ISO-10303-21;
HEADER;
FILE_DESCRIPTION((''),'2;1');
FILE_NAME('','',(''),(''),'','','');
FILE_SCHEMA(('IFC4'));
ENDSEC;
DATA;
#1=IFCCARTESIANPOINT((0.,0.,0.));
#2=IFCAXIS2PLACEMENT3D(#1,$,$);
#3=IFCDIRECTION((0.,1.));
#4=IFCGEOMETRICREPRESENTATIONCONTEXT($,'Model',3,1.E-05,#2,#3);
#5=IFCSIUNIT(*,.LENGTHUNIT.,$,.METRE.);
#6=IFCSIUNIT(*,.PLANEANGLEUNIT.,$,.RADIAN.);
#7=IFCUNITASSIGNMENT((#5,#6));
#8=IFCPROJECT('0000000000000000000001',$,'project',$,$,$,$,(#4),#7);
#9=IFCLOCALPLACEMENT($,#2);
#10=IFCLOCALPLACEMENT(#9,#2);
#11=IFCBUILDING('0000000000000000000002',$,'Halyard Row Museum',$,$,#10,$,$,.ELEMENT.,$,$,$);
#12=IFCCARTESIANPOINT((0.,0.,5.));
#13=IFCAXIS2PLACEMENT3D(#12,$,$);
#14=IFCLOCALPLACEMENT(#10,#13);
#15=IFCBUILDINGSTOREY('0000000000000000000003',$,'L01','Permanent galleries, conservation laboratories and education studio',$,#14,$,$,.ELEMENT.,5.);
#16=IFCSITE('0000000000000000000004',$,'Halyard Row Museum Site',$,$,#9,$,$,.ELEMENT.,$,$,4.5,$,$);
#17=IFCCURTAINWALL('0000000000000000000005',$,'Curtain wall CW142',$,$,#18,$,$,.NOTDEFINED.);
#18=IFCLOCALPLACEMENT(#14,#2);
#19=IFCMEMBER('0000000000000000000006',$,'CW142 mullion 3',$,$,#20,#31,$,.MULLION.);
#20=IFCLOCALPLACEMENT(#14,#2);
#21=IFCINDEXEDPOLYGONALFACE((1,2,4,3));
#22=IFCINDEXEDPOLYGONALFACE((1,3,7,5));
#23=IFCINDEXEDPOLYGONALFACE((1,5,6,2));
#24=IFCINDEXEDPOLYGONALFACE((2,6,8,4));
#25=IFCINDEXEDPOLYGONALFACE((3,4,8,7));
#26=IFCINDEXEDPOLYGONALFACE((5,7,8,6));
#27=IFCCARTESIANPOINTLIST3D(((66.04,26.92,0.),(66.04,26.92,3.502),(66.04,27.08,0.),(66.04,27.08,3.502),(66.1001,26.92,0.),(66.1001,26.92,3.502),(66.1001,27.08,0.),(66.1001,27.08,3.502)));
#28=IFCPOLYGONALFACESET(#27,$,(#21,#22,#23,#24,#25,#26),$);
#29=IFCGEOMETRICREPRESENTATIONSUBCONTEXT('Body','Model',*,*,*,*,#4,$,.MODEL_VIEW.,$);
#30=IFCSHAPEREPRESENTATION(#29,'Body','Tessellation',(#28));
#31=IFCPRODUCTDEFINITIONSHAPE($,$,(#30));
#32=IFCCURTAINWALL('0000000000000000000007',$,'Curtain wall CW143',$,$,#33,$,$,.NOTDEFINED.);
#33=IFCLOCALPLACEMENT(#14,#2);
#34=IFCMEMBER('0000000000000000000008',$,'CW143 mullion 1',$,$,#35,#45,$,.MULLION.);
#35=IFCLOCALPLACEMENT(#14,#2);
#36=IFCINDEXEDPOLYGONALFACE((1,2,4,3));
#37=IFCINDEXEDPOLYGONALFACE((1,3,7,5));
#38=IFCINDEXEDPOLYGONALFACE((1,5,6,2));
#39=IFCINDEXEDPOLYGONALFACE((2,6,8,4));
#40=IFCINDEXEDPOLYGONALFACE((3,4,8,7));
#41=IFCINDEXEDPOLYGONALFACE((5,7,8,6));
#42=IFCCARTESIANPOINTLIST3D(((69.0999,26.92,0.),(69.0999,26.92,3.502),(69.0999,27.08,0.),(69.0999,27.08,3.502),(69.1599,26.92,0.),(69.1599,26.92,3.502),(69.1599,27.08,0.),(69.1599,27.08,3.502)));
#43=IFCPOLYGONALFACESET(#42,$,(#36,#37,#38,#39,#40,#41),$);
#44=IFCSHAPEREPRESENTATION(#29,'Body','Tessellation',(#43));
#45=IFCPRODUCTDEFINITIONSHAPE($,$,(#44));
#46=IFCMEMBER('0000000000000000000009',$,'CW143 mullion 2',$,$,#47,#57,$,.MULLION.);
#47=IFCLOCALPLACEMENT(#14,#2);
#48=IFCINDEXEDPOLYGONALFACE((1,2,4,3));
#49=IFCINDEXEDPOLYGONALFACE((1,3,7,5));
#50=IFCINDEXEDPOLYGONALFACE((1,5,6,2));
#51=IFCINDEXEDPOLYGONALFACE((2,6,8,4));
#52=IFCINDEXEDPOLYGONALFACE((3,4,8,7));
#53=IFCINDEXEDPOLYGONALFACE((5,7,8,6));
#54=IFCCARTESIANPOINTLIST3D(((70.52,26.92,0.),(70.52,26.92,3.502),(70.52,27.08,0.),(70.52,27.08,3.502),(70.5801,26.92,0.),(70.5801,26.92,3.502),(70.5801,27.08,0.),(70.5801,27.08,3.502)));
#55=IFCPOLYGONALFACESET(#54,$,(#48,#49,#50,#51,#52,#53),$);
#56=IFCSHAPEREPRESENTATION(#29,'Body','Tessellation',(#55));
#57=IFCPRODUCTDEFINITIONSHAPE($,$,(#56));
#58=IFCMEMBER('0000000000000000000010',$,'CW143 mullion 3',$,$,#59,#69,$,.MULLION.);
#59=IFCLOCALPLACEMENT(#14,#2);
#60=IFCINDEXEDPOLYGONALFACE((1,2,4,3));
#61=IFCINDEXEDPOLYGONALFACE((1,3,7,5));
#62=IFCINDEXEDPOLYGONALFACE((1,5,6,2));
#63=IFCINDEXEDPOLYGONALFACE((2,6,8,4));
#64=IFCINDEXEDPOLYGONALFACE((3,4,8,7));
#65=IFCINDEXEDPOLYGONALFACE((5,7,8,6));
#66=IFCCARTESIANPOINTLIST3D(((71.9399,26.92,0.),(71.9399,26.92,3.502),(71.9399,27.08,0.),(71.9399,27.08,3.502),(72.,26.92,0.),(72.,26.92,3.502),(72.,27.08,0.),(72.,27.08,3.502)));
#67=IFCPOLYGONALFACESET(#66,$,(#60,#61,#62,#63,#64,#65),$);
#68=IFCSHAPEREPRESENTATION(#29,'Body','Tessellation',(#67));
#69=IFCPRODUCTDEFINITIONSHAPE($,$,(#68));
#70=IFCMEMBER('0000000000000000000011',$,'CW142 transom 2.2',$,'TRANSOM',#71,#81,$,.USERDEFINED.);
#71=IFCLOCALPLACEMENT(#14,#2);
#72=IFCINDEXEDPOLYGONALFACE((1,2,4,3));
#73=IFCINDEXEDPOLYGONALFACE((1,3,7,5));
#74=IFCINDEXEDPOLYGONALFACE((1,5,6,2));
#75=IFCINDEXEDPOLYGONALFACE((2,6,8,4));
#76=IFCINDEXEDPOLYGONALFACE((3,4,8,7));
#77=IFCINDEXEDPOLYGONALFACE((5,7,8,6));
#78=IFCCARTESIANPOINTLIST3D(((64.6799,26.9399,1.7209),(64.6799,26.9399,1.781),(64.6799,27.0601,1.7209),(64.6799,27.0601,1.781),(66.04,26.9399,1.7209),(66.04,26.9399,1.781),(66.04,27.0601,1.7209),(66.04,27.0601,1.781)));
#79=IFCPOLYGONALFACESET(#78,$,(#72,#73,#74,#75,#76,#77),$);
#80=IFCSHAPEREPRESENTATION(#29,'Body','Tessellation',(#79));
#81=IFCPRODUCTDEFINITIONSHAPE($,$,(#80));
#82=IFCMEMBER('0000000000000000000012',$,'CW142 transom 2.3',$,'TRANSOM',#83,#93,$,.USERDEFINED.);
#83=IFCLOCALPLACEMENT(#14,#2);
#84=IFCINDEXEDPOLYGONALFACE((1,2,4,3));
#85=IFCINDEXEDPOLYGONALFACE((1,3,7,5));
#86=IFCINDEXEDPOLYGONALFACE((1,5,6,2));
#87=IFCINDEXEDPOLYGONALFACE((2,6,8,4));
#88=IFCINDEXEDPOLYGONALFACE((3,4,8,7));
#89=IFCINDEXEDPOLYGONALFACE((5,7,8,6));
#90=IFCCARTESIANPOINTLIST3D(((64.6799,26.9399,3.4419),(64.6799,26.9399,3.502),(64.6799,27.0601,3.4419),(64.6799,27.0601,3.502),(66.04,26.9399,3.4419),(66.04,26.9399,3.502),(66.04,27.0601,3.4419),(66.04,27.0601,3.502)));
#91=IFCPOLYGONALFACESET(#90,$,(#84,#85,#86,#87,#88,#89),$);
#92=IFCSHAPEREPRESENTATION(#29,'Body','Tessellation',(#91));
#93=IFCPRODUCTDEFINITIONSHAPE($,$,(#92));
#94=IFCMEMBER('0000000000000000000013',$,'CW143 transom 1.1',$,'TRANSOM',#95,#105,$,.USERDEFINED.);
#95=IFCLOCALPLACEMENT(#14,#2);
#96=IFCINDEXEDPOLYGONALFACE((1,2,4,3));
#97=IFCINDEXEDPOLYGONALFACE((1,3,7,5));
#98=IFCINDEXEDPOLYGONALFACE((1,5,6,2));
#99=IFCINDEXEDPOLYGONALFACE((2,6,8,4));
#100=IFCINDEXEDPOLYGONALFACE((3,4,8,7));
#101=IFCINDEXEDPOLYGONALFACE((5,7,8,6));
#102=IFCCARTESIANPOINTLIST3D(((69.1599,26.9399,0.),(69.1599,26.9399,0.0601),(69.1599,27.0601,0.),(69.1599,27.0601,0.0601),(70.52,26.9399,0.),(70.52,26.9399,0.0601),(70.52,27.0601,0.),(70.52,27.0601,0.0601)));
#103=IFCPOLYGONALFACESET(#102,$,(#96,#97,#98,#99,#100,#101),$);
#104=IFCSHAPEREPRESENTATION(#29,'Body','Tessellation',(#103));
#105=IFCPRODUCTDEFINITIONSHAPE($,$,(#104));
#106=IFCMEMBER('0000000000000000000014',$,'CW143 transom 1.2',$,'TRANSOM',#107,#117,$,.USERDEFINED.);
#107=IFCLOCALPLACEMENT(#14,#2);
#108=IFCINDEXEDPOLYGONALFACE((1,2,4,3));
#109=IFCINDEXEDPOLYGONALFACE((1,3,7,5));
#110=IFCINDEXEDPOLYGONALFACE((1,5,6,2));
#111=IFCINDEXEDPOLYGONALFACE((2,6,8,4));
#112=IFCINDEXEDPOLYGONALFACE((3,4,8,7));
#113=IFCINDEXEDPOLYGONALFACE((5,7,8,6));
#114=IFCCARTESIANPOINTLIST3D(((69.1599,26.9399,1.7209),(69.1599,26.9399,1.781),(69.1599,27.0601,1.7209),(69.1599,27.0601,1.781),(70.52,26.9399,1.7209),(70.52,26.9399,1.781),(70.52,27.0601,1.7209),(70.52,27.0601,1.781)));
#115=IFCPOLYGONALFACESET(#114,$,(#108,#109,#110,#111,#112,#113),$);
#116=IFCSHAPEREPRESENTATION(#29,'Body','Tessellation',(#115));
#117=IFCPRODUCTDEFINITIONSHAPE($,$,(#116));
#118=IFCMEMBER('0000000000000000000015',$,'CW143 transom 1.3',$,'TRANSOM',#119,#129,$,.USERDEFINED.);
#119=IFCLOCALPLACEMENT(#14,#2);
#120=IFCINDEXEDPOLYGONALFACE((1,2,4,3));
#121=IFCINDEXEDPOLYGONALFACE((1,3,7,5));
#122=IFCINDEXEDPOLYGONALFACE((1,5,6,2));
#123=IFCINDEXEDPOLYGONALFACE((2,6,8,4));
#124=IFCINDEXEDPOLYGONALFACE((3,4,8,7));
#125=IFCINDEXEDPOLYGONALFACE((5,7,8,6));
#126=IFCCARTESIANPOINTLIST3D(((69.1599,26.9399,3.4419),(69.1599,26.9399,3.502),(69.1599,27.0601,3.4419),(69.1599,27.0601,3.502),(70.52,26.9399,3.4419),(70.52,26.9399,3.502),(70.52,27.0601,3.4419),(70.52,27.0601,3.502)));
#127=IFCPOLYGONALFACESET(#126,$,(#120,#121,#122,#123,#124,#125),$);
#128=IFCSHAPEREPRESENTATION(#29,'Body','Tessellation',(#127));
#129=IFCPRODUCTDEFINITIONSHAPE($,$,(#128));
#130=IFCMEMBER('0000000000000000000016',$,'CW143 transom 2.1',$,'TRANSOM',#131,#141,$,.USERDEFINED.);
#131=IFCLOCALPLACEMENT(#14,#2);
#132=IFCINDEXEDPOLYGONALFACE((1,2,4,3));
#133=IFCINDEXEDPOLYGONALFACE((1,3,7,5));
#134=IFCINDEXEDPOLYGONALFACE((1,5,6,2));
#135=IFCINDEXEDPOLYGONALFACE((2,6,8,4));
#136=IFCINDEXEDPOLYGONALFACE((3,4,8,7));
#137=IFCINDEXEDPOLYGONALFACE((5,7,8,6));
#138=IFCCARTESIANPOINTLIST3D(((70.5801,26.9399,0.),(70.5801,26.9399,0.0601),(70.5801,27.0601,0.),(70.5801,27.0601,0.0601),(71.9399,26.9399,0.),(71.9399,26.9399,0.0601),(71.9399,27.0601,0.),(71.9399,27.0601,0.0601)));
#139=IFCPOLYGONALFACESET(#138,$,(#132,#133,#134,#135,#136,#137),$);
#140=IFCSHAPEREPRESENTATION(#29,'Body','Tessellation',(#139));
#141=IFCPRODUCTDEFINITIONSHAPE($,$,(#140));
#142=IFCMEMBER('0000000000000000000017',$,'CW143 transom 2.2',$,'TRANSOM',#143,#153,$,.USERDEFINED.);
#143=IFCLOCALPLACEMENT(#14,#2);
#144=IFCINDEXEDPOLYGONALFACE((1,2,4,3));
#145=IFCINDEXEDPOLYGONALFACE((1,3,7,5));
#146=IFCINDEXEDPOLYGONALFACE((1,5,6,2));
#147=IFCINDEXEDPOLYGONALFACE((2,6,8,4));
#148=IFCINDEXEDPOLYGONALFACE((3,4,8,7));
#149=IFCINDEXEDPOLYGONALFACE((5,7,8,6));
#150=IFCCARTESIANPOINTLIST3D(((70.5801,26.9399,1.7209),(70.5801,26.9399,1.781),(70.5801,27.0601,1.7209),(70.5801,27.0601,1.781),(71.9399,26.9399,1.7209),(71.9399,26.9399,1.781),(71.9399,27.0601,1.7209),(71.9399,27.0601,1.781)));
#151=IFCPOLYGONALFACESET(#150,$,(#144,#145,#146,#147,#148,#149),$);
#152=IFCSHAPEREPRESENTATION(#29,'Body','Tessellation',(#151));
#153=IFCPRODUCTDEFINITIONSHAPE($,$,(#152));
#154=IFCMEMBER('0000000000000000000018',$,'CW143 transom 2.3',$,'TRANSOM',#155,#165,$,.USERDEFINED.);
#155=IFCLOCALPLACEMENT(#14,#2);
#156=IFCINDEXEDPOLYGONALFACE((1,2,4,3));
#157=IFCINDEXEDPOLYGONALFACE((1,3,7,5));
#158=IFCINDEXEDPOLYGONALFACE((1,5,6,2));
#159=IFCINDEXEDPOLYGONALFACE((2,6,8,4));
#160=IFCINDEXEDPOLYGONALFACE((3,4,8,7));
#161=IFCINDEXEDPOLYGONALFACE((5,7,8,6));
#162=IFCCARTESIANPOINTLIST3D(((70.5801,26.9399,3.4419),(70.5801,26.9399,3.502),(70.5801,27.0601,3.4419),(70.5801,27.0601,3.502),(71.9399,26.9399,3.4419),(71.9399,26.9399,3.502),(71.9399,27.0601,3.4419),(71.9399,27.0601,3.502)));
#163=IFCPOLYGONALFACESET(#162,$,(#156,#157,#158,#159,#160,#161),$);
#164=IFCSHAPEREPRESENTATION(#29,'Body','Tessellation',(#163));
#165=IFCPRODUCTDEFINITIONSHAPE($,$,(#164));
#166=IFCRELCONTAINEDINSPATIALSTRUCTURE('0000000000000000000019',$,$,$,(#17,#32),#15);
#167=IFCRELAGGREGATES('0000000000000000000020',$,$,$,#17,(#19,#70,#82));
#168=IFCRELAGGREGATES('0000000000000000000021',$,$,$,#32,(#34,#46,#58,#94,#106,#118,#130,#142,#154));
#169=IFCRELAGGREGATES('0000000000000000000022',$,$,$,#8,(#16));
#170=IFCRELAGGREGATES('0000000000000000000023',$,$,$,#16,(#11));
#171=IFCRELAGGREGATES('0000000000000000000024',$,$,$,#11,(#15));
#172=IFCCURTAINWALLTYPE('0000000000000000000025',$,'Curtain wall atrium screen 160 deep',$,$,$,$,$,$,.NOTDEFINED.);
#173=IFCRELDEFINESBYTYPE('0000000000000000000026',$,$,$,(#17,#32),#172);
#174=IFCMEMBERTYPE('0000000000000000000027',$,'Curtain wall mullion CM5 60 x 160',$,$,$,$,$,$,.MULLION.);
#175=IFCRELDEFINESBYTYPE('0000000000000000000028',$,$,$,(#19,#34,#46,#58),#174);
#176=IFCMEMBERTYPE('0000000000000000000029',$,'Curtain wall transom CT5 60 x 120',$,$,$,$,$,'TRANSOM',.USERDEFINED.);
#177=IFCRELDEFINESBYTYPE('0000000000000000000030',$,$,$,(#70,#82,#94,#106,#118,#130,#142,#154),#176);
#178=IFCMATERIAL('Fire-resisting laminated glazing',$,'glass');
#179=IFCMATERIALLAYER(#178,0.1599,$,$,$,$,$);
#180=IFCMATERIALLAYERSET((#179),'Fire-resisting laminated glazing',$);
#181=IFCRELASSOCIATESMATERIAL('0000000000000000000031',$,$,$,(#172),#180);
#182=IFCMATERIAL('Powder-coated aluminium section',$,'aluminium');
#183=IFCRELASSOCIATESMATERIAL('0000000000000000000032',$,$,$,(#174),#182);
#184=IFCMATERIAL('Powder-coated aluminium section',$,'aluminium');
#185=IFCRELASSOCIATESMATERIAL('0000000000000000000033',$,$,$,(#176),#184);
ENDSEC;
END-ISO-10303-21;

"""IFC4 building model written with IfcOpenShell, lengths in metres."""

from ifc_helpers import new_model, si_unit, direction, frame, origin, origin_2d, place, context, subcontext, project, spatial, rectangle, extrude, material, layer, layer_set, material_profile, profile_set, type_object, element, aggregate, save


model = new_model("IFC4")

# Units and contexts
model_context = context("Model", 3, precision=1e-05, world=origin(), true_north=direction((0.0, 1.0)))
body_context = subcontext(model_context, "Body", "Model", "MODEL_VIEW")
ifc_project = project(units=[si_unit("LENGTHUNIT", "METRE"), si_unit("PLANEANGLEUNIT", "RADIAN")], contexts=[model_context])

# Site, building, storey
site_placement = place(None, origin())
site = spatial("IfcSite", under=ifc_project, at=site_placement, Name="Halyard Row Museum Site", CompositionType="ELEMENT", RefElevation=4.5)
building_placement = place(site_placement, origin())
building = spatial("IfcBuilding", under=site, at=building_placement, Name="Halyard Row Museum", CompositionType="ELEMENT")
storey_placement = place(building_placement, frame((0.0, 0.0, 5.0)))
storey = spatial("IfcBuildingStorey", under=building, at=storey_placement, Name="L01", Description="Permanent galleries, conservation laboratories and education studio", CompositionType="ELEMENT", Elevation=5.0)

# Curtain wall, member
ifc_material_1 = material(Name="Fire-resisting laminated glazing", Category="glass")
ifc_layer_1 = layer(ifc_material_1, 0.1599)
ifc_layer_set_1 = layer_set([ifc_layer_1], Name="Fire-resisting laminated glazing")
curtain_wall_type = type_object("IfcCurtainWallType", Name="Curtain wall atrium screen 160 deep", PredefinedType="NOTDEFINED", material=ifc_layer_set_1)
curtain_wall_1_placement = place(storey_placement, origin())
curtain_wall_1 = element("IfcCurtainWall", 1, at=curtain_wall_1_placement, inside=storey, type_object=curtain_wall_type, Name="Curtain wall CW142", PredefinedType="NOTDEFINED")
ifc_material_2 = material(Name="Powder-coated aluminium section", Category="aluminium")
ifc_material_profile_1 = material_profile(ifc_material_2, rectangle(XDim=0.1599, YDim=0.0601, at=origin_2d()), Name="160x60 mullion")
ifc_profile_set_1 = profile_set([ifc_material_profile_1], Name="Powder-coated aluminium section")
member_type_1 = type_object("IfcMemberType", Name="Curtain wall mullion CM5 60 x 160", PredefinedType="MULLION", material=ifc_profile_set_1)
member_1_placement = place(storey_placement, frame((66.0701, 27.0, 0.0), z_axis=(0.0, 0.0, 1.0), x_axis=(0.0, 1.0, 0.0)))
member_1 = element("IfcMember", 2, at=member_1_placement, type_object=member_type_1, Name="CW142 mullion 3", PredefinedType="MULLION", context=body_context, shape_type="SweptSolid", body=[
    extrude(rectangle(XDim=0.1599, YDim=0.0601, at=origin_2d()), origin(), (0.0, 0.0, 1.0), 3.502),
])

# Curtain wall, members
curtain_wall_2_placement = place(storey_placement, origin())
curtain_wall_2 = element("IfcCurtainWall", 3, at=curtain_wall_2_placement, inside=storey, type_object=curtain_wall_type, Name="Curtain wall CW143", PredefinedType="NOTDEFINED")
member_2_placement = place(storey_placement, frame((69.1299, 27.0, 0.0), z_axis=(0.0, 0.0, 1.0), x_axis=(0.0, 1.0, 0.0)))
member_2 = element("IfcMember", 4, at=member_2_placement, type_object=member_type_1, Name="CW143 mullion 1", PredefinedType="MULLION", context=body_context, shape_type="SweptSolid", body=[
    extrude(rectangle(XDim=0.1599, YDim=0.0601, at=origin_2d()), origin(), (0.0, 0.0, 1.0), 3.502),
])
member_3_placement = place(storey_placement, frame((70.55, 27.0, 0.0), z_axis=(0.0, 0.0, 1.0), x_axis=(0.0, 1.0, 0.0)))
member_3 = element("IfcMember", 5, at=member_3_placement, type_object=member_type_1, Name="CW143 mullion 2", PredefinedType="MULLION", context=body_context, shape_type="SweptSolid", body=[
    extrude(rectangle(XDim=0.1599, YDim=0.0601, at=origin_2d()), origin(), (0.0, 0.0, 1.0), 3.502),
])
member_4_placement = place(storey_placement, frame((71.97, 27.0, 0.0), z_axis=(0.0, 0.0, 1.0), x_axis=(0.0, 1.0, 0.0)))
member_4 = element("IfcMember", 6, at=member_4_placement, type_object=member_type_1, Name="CW143 mullion 3", PredefinedType="MULLION", context=body_context, shape_type="SweptSolid", body=[
    extrude(rectangle(XDim=0.1599, YDim=0.0601, at=origin_2d()), origin(), (0.0, 0.0, 1.0), 3.502),
])

# Members
ifc_material_3 = material(Name="Powder-coated aluminium section", Category="aluminium")
ifc_material_profile_2 = material_profile(ifc_material_3, rectangle(XDim=0.1201, YDim=0.0601, at=origin_2d()), Name="120x60 transom")
ifc_profile_set_2 = profile_set([ifc_material_profile_2], Name="Powder-coated aluminium section")
member_type_2 = type_object("IfcMemberType", Name="Curtain wall transom CT5 60 x 120", ElementType="TRANSOM", PredefinedType="USERDEFINED", material=ifc_profile_set_2)
member_5_placement = place(storey_placement, frame((64.6799, 27.0, 1.751), z_axis=(1.0, 0.0, 0.0), x_axis=(0.0, 1.0, 0.0)))
member_5 = element("IfcMember", 7, at=member_5_placement, type_object=member_type_2, Name="CW142 transom 2.2", ObjectType="TRANSOM", PredefinedType="USERDEFINED", context=body_context, shape_type="SweptSolid", body=[
    extrude(rectangle(XDim=0.1201, YDim=0.0601, at=origin_2d()), origin(), (0.0, 0.0, 1.0), 1.3601),
])
member_6_placement = place(storey_placement, frame((64.6799, 27.0, 3.4719), z_axis=(1.0, 0.0, 0.0), x_axis=(0.0, 1.0, 0.0)))
member_6 = element("IfcMember", 8, at=member_6_placement, type_object=member_type_2, Name="CW142 transom 2.3", ObjectType="TRANSOM", PredefinedType="USERDEFINED", context=body_context, shape_type="SweptSolid", body=[
    extrude(rectangle(XDim=0.1201, YDim=0.0601, at=origin_2d()), origin(), (0.0, 0.0, 1.0), 1.3601),
])
member_7_placement = place(storey_placement, frame((69.1599, 27.0, 0.03), z_axis=(1.0, 0.0, 0.0), x_axis=(0.0, 1.0, 0.0)))
member_7 = element("IfcMember", 9, at=member_7_placement, type_object=member_type_2, Name="CW143 transom 1.1", ObjectType="TRANSOM", PredefinedType="USERDEFINED", context=body_context, shape_type="SweptSolid", body=[
    extrude(rectangle(XDim=0.1201, YDim=0.0601, at=origin_2d()), origin(), (0.0, 0.0, 1.0), 1.3601),
])
member_8_placement = place(storey_placement, frame((69.1599, 27.0, 1.751), z_axis=(1.0, 0.0, 0.0), x_axis=(0.0, 1.0, 0.0)))
member_8 = element("IfcMember", 10, at=member_8_placement, type_object=member_type_2, Name="CW143 transom 1.2", ObjectType="TRANSOM", PredefinedType="USERDEFINED", context=body_context, shape_type="SweptSolid", body=[
    extrude(rectangle(XDim=0.1201, YDim=0.0601, at=origin_2d()), origin(), (0.0, 0.0, 1.0), 1.3601),
])
member_9_placement = place(storey_placement, frame((69.1599, 27.0, 3.4719), z_axis=(1.0, 0.0, 0.0), x_axis=(0.0, 1.0, 0.0)))
member_9 = element("IfcMember", 11, at=member_9_placement, type_object=member_type_2, Name="CW143 transom 1.3", ObjectType="TRANSOM", PredefinedType="USERDEFINED", context=body_context, shape_type="SweptSolid", body=[
    extrude(rectangle(XDim=0.1201, YDim=0.0601, at=origin_2d()), origin(), (0.0, 0.0, 1.0), 1.3601),
])
member_10_placement = place(storey_placement, frame((70.5801, 27.0, 0.03), z_axis=(1.0, 0.0, 0.0), x_axis=(0.0, 1.0, 0.0)))
member_10 = element("IfcMember", 12, at=member_10_placement, type_object=member_type_2, Name="CW143 transom 2.1", ObjectType="TRANSOM", PredefinedType="USERDEFINED", context=body_context, shape_type="SweptSolid", body=[
    extrude(rectangle(XDim=0.1201, YDim=0.0601, at=origin_2d()), origin(), (0.0, 0.0, 1.0), 1.3599),
])
member_11_placement = place(storey_placement, frame((70.5801, 27.0, 1.751), z_axis=(1.0, 0.0, 0.0), x_axis=(0.0, 1.0, 0.0)))
member_11 = element("IfcMember", 13, at=member_11_placement, type_object=member_type_2, Name="CW143 transom 2.2", ObjectType="TRANSOM", PredefinedType="USERDEFINED", context=body_context, shape_type="SweptSolid", body=[
    extrude(rectangle(XDim=0.1201, YDim=0.0601, at=origin_2d()), origin(), (0.0, 0.0, 1.0), 1.3599),
])
member_12_placement = place(storey_placement, frame((70.5801, 27.0, 3.4719), z_axis=(1.0, 0.0, 0.0), x_axis=(0.0, 1.0, 0.0)))
member_12 = element("IfcMember", 14, at=member_12_placement, type_object=member_type_2, Name="CW143 transom 2.3", ObjectType="TRANSOM", PredefinedType="USERDEFINED", context=body_context, shape_type="SweptSolid", body=[
    extrude(rectangle(XDim=0.1201, YDim=0.0601, at=origin_2d()), origin(), (0.0, 0.0, 1.0), 1.3599),
])

aggregate(curtain_wall_1, [member_1, member_5, member_6])
aggregate(curtain_wall_2, [member_2, member_3, member_4, member_7, member_8, member_9, member_10, member_11, member_12])

save(model, "model.ifc")
